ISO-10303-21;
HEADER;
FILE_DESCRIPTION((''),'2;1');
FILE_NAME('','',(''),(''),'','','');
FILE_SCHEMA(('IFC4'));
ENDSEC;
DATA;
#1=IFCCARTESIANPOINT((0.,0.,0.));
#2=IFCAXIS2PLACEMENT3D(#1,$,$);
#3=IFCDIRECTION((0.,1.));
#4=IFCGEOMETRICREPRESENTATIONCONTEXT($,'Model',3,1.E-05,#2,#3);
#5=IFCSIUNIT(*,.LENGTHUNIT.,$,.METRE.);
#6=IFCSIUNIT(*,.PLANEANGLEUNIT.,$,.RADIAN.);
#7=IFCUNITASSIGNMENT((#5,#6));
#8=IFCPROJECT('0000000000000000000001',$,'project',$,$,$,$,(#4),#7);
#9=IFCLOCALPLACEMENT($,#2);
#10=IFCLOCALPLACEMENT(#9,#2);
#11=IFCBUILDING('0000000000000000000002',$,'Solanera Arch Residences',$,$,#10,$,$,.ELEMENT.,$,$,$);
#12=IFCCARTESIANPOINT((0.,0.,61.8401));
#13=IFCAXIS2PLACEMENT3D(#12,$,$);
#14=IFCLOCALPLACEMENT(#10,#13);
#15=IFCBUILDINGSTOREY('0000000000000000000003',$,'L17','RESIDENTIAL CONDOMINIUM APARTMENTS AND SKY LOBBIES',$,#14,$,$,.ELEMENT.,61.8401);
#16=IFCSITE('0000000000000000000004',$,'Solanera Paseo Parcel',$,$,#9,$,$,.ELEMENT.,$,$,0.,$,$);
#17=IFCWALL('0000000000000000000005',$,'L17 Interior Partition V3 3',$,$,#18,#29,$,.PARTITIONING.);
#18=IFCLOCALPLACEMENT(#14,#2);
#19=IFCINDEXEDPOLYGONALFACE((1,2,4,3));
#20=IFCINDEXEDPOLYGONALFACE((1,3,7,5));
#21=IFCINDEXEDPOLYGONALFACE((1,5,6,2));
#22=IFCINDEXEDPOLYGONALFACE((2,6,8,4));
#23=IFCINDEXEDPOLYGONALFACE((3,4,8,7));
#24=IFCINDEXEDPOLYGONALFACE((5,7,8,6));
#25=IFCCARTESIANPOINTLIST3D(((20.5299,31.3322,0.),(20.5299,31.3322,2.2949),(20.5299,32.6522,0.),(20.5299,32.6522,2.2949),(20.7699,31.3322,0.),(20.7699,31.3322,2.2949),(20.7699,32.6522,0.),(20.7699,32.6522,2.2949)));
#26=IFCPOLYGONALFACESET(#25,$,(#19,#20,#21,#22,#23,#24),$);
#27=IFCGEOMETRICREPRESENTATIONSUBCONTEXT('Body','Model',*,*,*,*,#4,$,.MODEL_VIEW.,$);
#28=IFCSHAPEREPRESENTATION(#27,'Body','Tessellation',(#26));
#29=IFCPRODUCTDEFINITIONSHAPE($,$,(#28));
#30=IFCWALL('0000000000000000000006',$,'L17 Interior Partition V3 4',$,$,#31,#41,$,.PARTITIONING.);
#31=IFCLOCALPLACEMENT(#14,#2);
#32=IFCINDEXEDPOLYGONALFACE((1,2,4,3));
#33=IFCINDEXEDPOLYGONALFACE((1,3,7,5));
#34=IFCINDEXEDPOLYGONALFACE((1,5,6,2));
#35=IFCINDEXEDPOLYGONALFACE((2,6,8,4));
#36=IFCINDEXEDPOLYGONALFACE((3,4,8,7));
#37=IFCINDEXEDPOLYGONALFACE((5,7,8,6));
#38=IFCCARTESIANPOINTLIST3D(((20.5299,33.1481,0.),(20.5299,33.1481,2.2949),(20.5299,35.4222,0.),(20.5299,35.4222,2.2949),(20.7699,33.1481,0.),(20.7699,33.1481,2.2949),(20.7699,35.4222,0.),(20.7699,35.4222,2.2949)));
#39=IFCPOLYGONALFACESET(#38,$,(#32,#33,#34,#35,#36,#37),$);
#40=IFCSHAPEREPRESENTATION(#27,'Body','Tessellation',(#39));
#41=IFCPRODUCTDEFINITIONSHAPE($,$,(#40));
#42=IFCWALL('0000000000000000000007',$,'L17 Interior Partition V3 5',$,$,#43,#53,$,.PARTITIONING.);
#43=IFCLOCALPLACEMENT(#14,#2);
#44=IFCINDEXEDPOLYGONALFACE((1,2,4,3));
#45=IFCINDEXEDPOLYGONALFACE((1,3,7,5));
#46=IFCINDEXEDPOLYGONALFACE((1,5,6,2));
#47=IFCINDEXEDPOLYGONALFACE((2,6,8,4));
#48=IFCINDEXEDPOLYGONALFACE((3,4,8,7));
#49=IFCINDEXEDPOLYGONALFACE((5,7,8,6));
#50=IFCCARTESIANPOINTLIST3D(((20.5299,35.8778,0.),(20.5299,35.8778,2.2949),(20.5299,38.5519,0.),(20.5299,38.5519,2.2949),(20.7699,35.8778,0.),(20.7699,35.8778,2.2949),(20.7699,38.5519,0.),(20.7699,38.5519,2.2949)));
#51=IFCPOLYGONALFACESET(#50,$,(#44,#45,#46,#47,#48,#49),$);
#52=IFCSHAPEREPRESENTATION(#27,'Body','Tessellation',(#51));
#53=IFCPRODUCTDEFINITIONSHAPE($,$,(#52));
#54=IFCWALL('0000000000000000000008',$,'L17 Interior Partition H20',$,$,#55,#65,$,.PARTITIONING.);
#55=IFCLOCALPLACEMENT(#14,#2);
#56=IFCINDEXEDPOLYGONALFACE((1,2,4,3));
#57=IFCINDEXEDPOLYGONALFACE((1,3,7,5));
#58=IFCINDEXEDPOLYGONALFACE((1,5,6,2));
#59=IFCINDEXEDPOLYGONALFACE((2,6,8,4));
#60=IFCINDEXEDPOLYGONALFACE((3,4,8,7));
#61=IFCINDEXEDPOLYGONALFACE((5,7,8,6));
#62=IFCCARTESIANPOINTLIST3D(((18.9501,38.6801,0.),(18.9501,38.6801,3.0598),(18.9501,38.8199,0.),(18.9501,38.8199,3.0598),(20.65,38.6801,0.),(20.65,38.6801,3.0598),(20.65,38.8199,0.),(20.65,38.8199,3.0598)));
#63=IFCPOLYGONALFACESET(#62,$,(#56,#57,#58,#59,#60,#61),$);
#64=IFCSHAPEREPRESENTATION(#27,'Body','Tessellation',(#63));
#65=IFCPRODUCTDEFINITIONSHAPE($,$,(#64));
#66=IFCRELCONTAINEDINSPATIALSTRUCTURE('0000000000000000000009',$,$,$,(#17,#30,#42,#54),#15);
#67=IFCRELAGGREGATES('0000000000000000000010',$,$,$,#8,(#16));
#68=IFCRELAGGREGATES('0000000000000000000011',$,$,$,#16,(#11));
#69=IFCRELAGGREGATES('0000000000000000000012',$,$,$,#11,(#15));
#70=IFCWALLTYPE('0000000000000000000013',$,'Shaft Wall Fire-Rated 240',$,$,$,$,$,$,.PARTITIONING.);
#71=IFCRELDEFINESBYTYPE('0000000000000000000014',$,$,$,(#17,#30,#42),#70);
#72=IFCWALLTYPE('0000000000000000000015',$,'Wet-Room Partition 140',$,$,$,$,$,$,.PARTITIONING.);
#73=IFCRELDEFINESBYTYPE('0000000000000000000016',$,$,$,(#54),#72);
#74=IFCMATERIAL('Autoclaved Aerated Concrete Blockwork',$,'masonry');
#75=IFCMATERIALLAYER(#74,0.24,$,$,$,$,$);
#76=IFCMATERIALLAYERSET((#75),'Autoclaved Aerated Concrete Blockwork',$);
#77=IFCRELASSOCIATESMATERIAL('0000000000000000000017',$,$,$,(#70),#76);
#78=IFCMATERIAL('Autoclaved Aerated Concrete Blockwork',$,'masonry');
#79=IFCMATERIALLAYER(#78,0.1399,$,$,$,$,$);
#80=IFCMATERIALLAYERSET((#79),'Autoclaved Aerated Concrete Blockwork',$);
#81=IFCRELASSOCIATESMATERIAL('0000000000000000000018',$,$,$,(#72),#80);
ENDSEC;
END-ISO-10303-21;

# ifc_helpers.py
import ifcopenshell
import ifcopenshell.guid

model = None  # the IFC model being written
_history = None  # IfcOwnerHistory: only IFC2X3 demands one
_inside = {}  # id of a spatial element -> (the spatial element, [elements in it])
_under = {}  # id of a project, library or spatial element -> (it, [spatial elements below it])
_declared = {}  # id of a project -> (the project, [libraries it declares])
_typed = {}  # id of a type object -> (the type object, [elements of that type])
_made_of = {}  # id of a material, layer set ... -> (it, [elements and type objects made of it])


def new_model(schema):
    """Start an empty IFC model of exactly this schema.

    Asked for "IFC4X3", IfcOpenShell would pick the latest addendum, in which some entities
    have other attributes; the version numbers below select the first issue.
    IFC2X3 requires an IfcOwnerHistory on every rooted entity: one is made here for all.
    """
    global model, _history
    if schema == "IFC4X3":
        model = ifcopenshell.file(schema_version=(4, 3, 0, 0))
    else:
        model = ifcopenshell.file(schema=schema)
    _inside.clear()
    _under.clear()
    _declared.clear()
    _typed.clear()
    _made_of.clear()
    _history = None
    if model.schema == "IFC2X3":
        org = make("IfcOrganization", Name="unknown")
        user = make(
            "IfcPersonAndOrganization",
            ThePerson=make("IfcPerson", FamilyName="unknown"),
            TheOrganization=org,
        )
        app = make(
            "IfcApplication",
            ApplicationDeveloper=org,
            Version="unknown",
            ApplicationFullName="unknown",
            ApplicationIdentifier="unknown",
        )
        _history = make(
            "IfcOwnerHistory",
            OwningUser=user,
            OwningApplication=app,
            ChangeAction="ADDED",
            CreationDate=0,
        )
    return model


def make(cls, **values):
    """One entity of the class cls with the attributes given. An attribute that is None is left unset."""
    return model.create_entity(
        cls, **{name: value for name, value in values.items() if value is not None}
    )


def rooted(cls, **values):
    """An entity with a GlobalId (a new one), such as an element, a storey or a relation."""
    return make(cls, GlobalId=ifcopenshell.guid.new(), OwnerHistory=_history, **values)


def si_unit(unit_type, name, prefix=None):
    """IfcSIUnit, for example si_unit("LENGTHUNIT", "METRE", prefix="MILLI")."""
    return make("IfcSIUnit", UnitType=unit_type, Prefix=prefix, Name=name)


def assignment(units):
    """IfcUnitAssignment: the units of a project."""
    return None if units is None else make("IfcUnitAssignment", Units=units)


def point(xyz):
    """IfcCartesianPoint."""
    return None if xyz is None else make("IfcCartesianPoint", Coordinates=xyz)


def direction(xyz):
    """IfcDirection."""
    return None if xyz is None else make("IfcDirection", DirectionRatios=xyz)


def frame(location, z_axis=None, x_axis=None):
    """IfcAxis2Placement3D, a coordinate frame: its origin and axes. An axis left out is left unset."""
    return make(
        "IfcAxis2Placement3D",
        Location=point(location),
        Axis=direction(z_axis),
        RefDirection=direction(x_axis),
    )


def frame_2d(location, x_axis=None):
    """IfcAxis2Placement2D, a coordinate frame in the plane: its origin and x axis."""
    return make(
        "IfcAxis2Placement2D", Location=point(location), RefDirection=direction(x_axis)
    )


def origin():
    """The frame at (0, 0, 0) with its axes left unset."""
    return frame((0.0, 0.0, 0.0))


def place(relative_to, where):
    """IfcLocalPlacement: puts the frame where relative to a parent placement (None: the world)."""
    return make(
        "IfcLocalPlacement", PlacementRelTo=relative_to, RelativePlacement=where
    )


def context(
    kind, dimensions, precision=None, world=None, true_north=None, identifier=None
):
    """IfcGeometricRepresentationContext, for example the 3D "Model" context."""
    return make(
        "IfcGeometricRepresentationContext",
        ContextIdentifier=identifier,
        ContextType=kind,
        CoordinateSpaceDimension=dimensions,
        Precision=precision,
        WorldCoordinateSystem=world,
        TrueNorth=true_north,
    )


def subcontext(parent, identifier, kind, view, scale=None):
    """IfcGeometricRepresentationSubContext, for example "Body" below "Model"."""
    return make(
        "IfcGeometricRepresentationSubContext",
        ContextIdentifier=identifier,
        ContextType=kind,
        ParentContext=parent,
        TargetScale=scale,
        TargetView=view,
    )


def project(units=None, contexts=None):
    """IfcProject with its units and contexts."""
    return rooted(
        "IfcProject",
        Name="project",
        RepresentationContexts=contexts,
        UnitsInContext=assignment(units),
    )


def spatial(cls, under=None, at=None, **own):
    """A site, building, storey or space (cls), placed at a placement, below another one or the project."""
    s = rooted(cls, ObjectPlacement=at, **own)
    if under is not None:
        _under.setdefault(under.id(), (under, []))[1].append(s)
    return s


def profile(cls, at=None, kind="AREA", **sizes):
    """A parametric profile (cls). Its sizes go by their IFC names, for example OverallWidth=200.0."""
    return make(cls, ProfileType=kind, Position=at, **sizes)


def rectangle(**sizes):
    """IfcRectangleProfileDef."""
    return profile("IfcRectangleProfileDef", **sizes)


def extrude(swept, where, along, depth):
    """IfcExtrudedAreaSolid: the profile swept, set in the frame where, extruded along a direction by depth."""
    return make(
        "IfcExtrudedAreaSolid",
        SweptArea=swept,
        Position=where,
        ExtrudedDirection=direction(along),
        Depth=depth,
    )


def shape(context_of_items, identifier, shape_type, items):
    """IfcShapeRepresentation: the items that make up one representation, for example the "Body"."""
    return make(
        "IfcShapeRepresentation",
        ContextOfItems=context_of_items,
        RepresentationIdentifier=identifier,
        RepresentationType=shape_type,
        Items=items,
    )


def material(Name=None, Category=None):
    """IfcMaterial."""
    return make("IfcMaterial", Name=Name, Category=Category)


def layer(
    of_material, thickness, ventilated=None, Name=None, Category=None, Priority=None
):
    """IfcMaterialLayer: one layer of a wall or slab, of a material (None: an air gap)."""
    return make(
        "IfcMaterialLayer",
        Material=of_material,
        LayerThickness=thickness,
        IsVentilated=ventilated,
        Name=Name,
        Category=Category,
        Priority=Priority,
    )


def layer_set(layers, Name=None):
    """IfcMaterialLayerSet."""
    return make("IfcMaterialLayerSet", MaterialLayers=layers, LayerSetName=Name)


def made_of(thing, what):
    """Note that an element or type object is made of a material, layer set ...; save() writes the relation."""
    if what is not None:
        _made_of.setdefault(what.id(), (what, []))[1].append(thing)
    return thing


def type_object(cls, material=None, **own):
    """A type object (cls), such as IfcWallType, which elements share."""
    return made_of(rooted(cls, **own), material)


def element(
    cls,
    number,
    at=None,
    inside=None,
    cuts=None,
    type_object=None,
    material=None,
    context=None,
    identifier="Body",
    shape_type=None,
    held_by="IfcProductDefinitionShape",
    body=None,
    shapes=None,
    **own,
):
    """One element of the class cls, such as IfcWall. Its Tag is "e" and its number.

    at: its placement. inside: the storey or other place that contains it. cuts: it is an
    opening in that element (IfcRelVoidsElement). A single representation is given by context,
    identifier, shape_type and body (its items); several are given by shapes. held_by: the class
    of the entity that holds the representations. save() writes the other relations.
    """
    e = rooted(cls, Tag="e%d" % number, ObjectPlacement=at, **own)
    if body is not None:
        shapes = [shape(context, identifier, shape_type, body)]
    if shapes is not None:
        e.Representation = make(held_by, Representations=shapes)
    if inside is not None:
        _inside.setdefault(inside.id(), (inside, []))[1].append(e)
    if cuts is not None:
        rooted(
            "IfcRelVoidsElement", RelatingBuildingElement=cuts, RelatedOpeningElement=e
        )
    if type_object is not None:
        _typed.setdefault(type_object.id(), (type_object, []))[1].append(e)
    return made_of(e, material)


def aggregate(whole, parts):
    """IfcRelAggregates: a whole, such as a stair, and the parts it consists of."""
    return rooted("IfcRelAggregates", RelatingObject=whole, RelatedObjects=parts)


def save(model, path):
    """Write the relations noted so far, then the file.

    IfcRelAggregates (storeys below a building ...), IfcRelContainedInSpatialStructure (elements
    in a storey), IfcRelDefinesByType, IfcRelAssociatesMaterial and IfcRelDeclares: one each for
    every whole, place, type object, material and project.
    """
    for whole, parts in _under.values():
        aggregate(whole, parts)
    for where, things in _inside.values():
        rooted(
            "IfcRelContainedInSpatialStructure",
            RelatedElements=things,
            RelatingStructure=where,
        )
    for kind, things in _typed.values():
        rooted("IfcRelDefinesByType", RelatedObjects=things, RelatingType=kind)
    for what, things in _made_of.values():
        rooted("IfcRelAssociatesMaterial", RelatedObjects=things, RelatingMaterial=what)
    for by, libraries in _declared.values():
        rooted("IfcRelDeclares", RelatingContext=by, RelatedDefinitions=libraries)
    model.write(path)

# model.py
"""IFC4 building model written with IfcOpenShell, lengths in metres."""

from ifc_helpers import new_model, si_unit, direction, frame, frame_2d, origin, place, context, subcontext, project, spatial, rectangle, extrude, material, layer, layer_set, type_object, element, save


model = new_model("IFC4")

# Units and contexts
model_context = context("Model", 3, precision=1e-05, world=origin(), true_north=direction((0.0, 1.0)))
body_context = subcontext(model_context, "Body", "Model", "MODEL_VIEW")
ifc_project = project(units=[si_unit("LENGTHUNIT", "METRE"), si_unit("PLANEANGLEUNIT", "RADIAN")], contexts=[model_context])

# Site, building, storey
site_placement = place(None, origin())
site = spatial("IfcSite", under=ifc_project, at=site_placement, Name="Solanera Paseo Parcel", CompositionType="ELEMENT", RefElevation=0.0)
building_placement = place(site_placement, origin())
building = spatial("IfcBuilding", under=site, at=building_placement, Name="Solanera Arch Residences", CompositionType="ELEMENT")
storey_placement = place(building_placement, frame((0.0, 0.0, 61.8401)))
storey = spatial("IfcBuildingStorey", under=building, at=storey_placement, Name="L17", Description="RESIDENTIAL CONDOMINIUM APARTMENTS AND SKY LOBBIES", CompositionType="ELEMENT", Elevation=61.8401)

# Shared definitions
ifc_material_1 = material(Name="Autoclaved Aerated Concrete Blockwork", Category="masonry")
ifc_layer_1 = layer(ifc_material_1, 0.24)
ifc_layer_set_1 = layer_set([ifc_layer_1], Name="Autoclaved Aerated Concrete Blockwork")
wall_type_1 = type_object("IfcWallType", Name="Shaft Wall Fire-Rated 240", PredefinedType="PARTITIONING", material=ifc_layer_set_1)

# Walls
wall_1_placement = place(storey_placement, frame((20.6499, 31.332, 0.0), z_axis=(0.0, 0.0, 1.0), x_axis=(0.0, 1.0, 0.0)))
element("IfcWall", 1, at=wall_1_placement, inside=storey, type_object=wall_type_1, Name="L17 Interior Partition V3 3", PredefinedType="PARTITIONING", context=body_context, shape_type="SweptSolid", body=[
    extrude(rectangle(XDim=1.3201, YDim=0.24, at=frame_2d((0.6602, 0.0))), origin(), (0.0, 0.0, 1.0), 2.2949),
])
wall_2_placement = place(storey_placement, frame((20.6499, 33.1479, 0.0), z_axis=(0.0, 0.0, 1.0), x_axis=(0.0, 1.0, 0.0)))
element("IfcWall", 2, at=wall_2_placement, inside=storey, type_object=wall_type_1, Name="L17 Interior Partition V3 4", PredefinedType="PARTITIONING", context=body_context, shape_type="SweptSolid", body=[
    extrude(rectangle(XDim=2.2742, YDim=0.24, at=frame_2d((1.1372, 0.0))), origin(), (0.0, 0.0, 1.0), 2.2949),
])
wall_3_placement = place(storey_placement, frame((20.6499, 35.8779, 0.0), z_axis=(0.0, 0.0, 1.0), x_axis=(0.0, 1.0, 0.0)))
element("IfcWall", 3, at=wall_3_placement, inside=storey, type_object=wall_type_1, Name="L17 Interior Partition V3 5", PredefinedType="PARTITIONING", context=body_context, shape_type="SweptSolid", body=[
    extrude(rectangle(XDim=2.6741, YDim=0.24, at=frame_2d((1.3369, 0.0))), origin(), (0.0, 0.0, 1.0), 2.2949),
])
ifc_material_2 = material(Name="Autoclaved Aerated Concrete Blockwork", Category="masonry")
ifc_layer_2 = layer(ifc_material_2, 0.1399)
ifc_layer_set_2 = layer_set([ifc_layer_2], Name="Autoclaved Aerated Concrete Blockwork")
wall_type_2 = type_object("IfcWallType", Name="Wet-Room Partition 140", PredefinedType="PARTITIONING", material=ifc_layer_set_2)
wall_4_placement = place(storey_placement, frame((18.95, 38.75, 0.0), z_axis=(0.0, 0.0, 1.0), x_axis=(1.0, 0.0, 0.0)))
element("IfcWall", 4, at=wall_4_placement, inside=storey, type_object=wall_type_2, Name="L17 Interior Partition H20", PredefinedType="PARTITIONING", context=body_context, shape_type="SweptSolid", body=[
    extrude(rectangle(XDim=1.7, YDim=0.1399, at=frame_2d((0.8501, 0.0))), origin(), (0.0, 0.0, 1.0), 3.0598),
])

save(model, "model.ifc")
